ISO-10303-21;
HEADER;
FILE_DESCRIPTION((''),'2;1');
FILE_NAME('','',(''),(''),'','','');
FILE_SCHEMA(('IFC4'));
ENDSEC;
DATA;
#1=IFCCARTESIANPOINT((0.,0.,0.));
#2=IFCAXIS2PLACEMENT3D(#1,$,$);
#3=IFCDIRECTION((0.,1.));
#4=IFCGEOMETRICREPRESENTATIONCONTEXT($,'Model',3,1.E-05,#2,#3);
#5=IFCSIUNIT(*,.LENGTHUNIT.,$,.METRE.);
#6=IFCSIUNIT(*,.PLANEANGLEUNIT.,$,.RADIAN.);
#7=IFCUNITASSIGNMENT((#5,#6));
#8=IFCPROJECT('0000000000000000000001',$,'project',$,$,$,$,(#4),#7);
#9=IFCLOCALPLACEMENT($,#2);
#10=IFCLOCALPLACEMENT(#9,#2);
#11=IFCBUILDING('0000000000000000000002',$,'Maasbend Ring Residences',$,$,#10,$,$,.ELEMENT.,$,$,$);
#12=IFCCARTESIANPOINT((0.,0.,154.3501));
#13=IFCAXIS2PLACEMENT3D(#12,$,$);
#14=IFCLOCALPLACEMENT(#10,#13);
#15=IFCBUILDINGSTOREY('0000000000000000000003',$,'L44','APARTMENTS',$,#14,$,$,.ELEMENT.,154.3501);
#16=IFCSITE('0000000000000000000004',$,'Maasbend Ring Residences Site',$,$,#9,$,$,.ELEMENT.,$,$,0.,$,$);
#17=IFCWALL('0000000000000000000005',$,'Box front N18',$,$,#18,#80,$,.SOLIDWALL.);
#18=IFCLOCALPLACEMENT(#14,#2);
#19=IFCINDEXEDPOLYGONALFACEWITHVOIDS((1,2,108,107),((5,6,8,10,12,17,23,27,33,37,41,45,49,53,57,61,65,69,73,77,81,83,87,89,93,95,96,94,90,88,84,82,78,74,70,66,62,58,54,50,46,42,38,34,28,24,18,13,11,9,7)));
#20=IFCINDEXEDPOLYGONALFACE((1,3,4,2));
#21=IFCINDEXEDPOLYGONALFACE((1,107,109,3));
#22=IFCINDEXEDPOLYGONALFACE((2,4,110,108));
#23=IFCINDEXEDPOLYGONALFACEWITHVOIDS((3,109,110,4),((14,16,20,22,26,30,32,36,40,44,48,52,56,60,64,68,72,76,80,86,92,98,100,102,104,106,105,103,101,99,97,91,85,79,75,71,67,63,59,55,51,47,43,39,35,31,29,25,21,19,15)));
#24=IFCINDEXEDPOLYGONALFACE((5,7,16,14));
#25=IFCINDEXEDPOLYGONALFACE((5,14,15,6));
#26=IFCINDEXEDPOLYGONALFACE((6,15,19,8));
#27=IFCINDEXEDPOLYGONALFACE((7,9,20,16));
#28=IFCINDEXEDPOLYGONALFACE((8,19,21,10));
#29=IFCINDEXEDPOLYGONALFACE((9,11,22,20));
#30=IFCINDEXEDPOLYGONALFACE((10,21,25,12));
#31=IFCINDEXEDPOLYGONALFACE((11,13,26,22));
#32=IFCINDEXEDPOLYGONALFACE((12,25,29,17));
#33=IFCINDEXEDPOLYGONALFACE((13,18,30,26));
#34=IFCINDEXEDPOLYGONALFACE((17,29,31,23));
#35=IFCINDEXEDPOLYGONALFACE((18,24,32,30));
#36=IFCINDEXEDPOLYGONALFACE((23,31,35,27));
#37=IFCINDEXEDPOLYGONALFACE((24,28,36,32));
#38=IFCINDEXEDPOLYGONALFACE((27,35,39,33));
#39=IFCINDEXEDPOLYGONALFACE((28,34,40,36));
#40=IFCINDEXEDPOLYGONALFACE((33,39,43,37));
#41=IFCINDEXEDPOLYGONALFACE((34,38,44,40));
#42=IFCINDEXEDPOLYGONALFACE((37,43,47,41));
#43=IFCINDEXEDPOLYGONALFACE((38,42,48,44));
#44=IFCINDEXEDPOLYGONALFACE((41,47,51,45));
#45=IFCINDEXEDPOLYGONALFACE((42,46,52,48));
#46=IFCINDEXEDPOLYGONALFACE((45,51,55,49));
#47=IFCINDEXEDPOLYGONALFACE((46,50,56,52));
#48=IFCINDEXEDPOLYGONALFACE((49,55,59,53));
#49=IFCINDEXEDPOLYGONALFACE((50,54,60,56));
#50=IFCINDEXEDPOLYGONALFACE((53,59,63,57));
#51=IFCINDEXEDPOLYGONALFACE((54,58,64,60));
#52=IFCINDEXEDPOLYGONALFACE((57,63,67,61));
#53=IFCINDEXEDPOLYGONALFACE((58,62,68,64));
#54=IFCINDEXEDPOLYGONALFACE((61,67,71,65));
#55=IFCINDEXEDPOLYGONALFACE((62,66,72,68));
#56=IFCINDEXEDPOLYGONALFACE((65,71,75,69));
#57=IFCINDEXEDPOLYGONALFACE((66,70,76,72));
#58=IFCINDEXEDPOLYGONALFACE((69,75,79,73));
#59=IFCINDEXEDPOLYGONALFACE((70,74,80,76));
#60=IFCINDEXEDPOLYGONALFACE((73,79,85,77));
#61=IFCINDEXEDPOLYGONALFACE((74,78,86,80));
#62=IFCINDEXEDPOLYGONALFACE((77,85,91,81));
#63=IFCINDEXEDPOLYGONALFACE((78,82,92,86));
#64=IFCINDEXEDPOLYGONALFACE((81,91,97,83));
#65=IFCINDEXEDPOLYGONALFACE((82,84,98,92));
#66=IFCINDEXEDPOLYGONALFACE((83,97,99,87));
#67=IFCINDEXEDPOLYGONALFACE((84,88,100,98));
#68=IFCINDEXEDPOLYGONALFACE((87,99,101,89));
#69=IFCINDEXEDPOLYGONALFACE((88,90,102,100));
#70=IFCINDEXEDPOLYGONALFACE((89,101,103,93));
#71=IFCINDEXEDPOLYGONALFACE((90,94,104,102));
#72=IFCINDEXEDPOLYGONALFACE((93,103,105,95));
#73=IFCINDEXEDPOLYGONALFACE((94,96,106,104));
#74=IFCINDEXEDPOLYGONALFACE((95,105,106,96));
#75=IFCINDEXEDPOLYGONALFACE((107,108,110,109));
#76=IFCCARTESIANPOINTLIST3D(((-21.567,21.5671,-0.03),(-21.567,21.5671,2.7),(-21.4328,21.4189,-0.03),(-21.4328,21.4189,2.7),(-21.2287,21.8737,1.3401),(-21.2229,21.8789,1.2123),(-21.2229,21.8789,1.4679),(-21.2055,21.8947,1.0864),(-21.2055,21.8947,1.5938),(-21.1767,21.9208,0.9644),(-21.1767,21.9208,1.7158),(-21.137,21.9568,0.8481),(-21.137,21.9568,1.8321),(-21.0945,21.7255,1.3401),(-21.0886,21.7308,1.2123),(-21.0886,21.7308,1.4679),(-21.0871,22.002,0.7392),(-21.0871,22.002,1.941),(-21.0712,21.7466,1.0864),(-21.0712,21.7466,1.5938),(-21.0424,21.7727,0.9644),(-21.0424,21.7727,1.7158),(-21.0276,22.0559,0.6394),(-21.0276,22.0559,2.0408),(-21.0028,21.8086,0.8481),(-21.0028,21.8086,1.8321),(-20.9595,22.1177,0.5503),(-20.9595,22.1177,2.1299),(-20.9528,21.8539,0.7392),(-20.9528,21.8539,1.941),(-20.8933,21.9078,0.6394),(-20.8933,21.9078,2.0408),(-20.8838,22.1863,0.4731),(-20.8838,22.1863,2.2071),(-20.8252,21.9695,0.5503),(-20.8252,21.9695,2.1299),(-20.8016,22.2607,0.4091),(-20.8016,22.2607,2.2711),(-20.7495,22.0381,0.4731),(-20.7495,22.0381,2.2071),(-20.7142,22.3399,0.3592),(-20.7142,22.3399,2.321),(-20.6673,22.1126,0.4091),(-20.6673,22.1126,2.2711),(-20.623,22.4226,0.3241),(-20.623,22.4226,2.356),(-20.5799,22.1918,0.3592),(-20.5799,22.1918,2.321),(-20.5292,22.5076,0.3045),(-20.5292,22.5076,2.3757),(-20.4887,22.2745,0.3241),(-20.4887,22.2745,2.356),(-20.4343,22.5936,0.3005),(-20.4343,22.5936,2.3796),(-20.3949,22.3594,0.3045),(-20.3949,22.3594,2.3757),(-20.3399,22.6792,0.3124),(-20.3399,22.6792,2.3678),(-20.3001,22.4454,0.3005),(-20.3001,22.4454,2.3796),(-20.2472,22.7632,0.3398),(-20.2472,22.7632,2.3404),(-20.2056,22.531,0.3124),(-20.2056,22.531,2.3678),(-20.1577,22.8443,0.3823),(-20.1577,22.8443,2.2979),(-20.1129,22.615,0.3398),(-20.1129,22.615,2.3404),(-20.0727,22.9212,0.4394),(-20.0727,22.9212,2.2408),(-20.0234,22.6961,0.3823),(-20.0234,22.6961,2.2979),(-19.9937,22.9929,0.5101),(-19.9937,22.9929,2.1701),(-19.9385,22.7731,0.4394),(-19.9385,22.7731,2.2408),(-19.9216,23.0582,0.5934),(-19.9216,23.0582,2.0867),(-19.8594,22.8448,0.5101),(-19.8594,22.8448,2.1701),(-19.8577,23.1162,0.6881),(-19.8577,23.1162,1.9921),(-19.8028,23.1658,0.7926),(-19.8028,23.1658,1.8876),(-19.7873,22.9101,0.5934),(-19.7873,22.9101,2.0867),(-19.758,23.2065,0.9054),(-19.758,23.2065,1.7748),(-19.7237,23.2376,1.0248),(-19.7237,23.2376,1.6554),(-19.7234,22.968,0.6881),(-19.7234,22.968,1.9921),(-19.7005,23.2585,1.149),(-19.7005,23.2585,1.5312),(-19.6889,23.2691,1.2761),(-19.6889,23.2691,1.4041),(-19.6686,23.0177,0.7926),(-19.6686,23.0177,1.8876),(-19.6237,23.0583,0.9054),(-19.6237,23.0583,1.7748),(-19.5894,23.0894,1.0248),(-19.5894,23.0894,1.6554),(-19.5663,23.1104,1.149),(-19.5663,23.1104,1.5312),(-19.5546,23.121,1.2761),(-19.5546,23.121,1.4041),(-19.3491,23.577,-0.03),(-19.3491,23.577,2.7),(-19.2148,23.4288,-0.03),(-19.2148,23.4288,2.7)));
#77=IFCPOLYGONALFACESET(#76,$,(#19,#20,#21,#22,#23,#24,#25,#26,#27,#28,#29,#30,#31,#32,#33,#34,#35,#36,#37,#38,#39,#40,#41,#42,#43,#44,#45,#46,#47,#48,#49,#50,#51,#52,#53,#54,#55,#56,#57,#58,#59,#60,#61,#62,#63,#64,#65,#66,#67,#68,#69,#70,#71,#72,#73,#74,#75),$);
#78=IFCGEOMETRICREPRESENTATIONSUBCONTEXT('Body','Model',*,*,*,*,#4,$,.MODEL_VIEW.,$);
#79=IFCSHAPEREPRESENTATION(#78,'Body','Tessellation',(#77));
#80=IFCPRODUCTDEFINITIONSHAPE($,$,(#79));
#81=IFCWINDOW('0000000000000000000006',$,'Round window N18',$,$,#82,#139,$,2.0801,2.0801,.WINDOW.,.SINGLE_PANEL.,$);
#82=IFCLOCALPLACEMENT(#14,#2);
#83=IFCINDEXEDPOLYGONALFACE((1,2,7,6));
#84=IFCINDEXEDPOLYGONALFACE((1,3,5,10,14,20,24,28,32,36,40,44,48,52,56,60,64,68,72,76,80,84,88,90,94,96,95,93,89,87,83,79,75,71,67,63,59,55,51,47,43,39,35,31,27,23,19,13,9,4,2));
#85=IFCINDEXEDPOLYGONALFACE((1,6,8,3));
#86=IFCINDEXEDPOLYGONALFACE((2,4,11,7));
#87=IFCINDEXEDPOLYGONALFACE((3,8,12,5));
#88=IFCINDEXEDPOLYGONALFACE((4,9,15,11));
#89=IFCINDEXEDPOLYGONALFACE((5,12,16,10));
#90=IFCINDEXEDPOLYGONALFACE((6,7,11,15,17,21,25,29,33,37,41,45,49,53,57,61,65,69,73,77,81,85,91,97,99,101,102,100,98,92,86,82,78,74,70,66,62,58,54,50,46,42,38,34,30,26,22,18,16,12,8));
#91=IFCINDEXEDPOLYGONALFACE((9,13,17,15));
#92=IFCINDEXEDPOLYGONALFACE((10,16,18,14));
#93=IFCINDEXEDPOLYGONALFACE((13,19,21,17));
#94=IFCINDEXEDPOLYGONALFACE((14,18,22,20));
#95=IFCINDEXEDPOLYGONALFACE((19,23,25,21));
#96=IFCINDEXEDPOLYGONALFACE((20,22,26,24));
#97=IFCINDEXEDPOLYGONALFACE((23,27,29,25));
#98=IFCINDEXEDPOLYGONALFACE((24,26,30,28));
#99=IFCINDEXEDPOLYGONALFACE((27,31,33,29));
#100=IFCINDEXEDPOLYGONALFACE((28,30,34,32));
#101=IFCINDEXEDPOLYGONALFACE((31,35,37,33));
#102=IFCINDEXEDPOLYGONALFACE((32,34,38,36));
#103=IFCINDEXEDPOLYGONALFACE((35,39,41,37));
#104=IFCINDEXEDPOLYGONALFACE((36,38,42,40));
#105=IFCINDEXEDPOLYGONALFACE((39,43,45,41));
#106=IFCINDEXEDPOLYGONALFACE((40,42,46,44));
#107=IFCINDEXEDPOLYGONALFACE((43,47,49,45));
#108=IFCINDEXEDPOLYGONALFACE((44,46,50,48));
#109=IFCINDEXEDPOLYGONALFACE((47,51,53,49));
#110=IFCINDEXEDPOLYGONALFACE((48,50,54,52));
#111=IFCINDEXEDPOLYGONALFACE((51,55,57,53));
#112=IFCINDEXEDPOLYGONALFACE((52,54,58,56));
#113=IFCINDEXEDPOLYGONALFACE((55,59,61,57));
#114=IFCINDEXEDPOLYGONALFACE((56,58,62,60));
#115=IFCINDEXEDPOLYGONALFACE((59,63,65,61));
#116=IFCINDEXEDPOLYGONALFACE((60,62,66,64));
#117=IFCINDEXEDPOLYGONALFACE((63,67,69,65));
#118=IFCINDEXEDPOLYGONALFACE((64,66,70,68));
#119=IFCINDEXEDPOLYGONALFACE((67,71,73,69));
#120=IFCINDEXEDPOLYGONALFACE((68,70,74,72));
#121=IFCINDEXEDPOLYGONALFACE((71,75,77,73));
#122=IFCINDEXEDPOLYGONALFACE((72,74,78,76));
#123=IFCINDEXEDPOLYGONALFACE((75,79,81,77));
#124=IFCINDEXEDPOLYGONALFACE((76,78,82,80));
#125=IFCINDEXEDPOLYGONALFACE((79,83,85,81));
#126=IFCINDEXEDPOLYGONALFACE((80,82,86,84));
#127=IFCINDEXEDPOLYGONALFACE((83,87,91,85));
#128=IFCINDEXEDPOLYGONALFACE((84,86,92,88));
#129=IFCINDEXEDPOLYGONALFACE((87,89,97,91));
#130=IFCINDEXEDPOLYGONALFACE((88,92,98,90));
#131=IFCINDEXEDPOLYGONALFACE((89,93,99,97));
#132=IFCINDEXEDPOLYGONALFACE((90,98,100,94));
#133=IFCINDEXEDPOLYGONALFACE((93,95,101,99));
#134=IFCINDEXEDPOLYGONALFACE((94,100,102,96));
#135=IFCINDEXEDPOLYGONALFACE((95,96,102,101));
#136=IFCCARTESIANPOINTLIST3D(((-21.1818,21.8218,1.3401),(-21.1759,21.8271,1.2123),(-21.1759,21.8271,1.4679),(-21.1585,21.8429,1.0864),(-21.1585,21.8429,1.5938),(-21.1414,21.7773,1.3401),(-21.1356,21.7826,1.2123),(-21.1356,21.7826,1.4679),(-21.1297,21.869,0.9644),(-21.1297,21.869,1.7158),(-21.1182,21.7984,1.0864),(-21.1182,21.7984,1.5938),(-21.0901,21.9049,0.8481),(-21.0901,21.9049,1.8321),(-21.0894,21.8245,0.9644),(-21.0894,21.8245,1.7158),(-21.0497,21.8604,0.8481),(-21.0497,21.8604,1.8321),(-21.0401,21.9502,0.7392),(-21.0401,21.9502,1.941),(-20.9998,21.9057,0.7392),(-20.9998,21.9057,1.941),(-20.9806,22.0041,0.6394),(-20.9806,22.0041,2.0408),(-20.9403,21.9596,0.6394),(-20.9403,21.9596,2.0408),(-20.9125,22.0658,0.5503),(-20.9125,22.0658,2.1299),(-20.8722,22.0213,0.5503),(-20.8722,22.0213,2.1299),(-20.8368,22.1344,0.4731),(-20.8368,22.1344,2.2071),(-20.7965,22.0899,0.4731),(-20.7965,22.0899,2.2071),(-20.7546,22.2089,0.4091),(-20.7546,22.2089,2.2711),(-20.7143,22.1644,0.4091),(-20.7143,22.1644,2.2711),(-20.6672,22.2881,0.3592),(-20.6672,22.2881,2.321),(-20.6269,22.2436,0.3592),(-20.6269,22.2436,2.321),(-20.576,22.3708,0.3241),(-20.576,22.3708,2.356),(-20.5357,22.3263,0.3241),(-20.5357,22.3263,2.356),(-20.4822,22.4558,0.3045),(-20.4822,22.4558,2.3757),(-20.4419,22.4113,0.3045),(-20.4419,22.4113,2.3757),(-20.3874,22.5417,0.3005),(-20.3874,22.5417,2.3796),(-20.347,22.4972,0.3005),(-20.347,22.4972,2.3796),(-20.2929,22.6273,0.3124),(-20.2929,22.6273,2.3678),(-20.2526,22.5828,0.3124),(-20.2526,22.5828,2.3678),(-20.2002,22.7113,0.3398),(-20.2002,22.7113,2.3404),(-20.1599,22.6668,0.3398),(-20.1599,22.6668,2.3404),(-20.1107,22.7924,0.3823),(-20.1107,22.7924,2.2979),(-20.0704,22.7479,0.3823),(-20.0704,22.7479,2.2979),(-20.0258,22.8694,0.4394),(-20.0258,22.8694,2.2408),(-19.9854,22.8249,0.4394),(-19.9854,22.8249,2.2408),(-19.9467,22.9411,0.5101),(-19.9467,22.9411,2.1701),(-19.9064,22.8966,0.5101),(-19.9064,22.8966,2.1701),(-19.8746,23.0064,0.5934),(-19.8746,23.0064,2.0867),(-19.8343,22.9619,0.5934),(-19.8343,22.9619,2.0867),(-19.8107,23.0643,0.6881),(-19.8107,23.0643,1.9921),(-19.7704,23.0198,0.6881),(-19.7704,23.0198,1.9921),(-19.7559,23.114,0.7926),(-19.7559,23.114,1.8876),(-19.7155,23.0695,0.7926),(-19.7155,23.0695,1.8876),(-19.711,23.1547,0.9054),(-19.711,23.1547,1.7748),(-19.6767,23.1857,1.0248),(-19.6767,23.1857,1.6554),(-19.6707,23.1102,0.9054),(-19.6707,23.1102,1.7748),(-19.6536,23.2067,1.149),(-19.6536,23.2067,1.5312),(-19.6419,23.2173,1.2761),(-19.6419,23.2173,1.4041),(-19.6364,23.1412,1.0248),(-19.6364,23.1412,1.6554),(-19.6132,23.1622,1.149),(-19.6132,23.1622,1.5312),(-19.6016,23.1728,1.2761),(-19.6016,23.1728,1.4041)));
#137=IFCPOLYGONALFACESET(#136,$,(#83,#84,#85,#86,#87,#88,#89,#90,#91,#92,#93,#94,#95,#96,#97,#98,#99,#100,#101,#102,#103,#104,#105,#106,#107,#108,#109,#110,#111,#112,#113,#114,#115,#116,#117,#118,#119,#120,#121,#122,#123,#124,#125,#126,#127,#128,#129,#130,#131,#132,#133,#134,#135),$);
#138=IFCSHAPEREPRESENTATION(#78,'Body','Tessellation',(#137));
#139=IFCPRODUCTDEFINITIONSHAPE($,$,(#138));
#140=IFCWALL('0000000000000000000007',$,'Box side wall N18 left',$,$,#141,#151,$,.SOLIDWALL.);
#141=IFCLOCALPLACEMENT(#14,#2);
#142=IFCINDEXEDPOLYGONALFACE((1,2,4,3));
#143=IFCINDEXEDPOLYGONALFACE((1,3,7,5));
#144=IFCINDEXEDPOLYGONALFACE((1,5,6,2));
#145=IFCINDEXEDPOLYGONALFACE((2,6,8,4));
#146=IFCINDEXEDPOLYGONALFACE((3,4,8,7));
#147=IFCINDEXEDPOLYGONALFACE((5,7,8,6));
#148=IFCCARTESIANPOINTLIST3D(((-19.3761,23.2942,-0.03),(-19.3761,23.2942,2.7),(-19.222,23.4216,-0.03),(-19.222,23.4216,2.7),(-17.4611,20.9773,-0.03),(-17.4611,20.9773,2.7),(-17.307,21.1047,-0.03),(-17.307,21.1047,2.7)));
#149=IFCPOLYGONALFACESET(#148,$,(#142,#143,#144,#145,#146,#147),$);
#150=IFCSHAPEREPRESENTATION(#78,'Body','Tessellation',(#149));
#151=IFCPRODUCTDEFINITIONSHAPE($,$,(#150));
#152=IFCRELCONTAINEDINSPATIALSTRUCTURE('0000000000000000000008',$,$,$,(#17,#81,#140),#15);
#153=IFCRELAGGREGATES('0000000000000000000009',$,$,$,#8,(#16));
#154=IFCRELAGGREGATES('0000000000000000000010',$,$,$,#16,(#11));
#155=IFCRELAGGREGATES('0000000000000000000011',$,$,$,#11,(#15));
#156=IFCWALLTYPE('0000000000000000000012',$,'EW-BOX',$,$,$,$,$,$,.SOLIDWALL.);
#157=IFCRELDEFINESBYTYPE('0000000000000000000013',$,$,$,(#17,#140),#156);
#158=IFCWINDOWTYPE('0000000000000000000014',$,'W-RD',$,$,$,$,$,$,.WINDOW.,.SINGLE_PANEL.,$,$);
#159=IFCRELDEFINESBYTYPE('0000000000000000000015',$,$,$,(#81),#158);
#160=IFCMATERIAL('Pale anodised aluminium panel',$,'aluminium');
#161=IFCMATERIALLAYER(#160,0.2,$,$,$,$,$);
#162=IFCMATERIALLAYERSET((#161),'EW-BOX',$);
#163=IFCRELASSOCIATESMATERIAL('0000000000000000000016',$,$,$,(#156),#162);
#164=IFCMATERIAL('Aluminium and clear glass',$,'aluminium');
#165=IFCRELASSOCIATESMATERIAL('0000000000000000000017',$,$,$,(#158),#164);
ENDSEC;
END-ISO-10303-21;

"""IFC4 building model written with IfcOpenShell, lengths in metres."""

from ifc_helpers import new_model, si_unit, direction, frame, frame_2d, origin, place, context, subcontext, project, spatial, rectangle, circle, extrude, material, layer, layer_set, type_object, element, fill, save


model = new_model("IFC4")

# Units and contexts
model_context = context("Model", 3, precision=1e-05, world=origin(), true_north=direction((0.0, 1.0)))
body_context = subcontext(model_context, "Body", "Model", "MODEL_VIEW")
ifc_project = project(units=[si_unit("LENGTHUNIT", "METRE"), si_unit("PLANEANGLEUNIT", "RADIAN")], contexts=[model_context])

# Site, building, storey
site_placement = place(None, origin())
site = spatial("IfcSite", under=ifc_project, at=site_placement, Name="Maasbend Ring Residences Site", CompositionType="ELEMENT", RefElevation=0.0)
building_placement = place(site_placement, origin())
building = spatial("IfcBuilding", under=site, at=building_placement, Name="Maasbend Ring Residences", CompositionType="ELEMENT")
storey_placement = place(building_placement, frame((0.0, 0.0, 154.3501)))
storey = spatial("IfcBuildingStorey", under=building, at=storey_placement, Name="L44", Description="APARTMENTS", CompositionType="ELEMENT", Elevation=154.3501)

# Shared definitions
ifc_material_1 = material(Name="Pale anodised aluminium panel", Category="aluminium")
ifc_layer_1 = layer(ifc_material_1, 0.2)
ifc_layer_set_1 = layer_set([ifc_layer_1], Name="EW-BOX")
wall_type_1 = type_object("IfcWallType", Name="EW-BOX", PredefinedType="SOLIDWALL", material=ifc_layer_set_1)
ifc_material_2 = material(Name="Aluminium and clear glass", Category="aluminium")
window_type_1 = type_object("IfcWindowType", Name="W-RD", PartitioningType="SINGLE_PANEL", PredefinedType="WINDOW", material=ifc_material_2)

# Wall, opening, window
wall_1_placement = place(storey_placement, frame((-19.282, 23.5029, -0.03), z_axis=(0.0, 0.0, 1.0), x_axis=(-0.740998, -0.671507, 0.0)))
wall_1 = element("IfcWall", 1, at=wall_1_placement, inside=storey, type_object=wall_type_1, Name="Box front N18", PredefinedType="SOLIDWALL", context=body_context, shape_type="SweptSolid", body=[
    extrude(rectangle(XDim=2.9932, YDim=0.2, at=frame_2d((1.4966, 0.0))), origin(), (0.0, 0.0, 1.0), 2.73),
])
opening_1_placement = place(wall_1_placement, frame((0.4565, 0.0, 0.3301)))
opening_1 = element("IfcOpeningElement", 2, at=opening_1_placement, cuts=wall_1, PredefinedType="OPENING", context=body_context, shape_type="SweptSolid", body=[
    extrude(circle(Radius=1.04, at=frame_2d((1.04, 1.04))), frame((0.0, 0.1099, 0.0), z_axis=(0.0, -1.0, 0.0), x_axis=(1.0, 0.0, 0.0)), (0.0, 0.0, 1.0), 0.22),
])
window_1_placement = place(opening_1_placement, origin())
window_1 = element("IfcWindow", 3, at=window_1_placement, inside=storey, type_object=window_type_1, Name="Round window N18", OverallHeight=2.0801, OverallWidth=2.0801, PartitioningType="SINGLE_PANEL", PredefinedType="WINDOW", context=body_context, shape_type="SweptSolid", body=[
    extrude(circle(Radius=1.04, at=frame_2d((1.04, 1.04))), frame((0.0, 0.03, 0.0), z_axis=(0.0, -1.0, 0.0), x_axis=(1.0, 0.0, 0.0)), (0.0, 0.0, 1.0), 0.0601),
])
fill(opening_1, window_1)

# Wall
wall_2_placement = place(storey_placement, frame((-17.384, 21.041, -0.03), z_axis=(0.0, 0.0, 1.0), x_axis=(-0.637096, 0.770785, 0.0)))
element("IfcWall", 4, at=wall_2_placement, inside=storey, type_object=wall_type_1, Name="Box side wall N18 left", PredefinedType="SOLIDWALL", context=body_context, shape_type="SweptSolid", body=[
    extrude(rectangle(XDim=3.0059, YDim=0.2, at=frame_2d((1.5029, 0.0))), origin(), (0.0, 0.0, 1.0), 2.73),
])

save(model, "model.ifc")
